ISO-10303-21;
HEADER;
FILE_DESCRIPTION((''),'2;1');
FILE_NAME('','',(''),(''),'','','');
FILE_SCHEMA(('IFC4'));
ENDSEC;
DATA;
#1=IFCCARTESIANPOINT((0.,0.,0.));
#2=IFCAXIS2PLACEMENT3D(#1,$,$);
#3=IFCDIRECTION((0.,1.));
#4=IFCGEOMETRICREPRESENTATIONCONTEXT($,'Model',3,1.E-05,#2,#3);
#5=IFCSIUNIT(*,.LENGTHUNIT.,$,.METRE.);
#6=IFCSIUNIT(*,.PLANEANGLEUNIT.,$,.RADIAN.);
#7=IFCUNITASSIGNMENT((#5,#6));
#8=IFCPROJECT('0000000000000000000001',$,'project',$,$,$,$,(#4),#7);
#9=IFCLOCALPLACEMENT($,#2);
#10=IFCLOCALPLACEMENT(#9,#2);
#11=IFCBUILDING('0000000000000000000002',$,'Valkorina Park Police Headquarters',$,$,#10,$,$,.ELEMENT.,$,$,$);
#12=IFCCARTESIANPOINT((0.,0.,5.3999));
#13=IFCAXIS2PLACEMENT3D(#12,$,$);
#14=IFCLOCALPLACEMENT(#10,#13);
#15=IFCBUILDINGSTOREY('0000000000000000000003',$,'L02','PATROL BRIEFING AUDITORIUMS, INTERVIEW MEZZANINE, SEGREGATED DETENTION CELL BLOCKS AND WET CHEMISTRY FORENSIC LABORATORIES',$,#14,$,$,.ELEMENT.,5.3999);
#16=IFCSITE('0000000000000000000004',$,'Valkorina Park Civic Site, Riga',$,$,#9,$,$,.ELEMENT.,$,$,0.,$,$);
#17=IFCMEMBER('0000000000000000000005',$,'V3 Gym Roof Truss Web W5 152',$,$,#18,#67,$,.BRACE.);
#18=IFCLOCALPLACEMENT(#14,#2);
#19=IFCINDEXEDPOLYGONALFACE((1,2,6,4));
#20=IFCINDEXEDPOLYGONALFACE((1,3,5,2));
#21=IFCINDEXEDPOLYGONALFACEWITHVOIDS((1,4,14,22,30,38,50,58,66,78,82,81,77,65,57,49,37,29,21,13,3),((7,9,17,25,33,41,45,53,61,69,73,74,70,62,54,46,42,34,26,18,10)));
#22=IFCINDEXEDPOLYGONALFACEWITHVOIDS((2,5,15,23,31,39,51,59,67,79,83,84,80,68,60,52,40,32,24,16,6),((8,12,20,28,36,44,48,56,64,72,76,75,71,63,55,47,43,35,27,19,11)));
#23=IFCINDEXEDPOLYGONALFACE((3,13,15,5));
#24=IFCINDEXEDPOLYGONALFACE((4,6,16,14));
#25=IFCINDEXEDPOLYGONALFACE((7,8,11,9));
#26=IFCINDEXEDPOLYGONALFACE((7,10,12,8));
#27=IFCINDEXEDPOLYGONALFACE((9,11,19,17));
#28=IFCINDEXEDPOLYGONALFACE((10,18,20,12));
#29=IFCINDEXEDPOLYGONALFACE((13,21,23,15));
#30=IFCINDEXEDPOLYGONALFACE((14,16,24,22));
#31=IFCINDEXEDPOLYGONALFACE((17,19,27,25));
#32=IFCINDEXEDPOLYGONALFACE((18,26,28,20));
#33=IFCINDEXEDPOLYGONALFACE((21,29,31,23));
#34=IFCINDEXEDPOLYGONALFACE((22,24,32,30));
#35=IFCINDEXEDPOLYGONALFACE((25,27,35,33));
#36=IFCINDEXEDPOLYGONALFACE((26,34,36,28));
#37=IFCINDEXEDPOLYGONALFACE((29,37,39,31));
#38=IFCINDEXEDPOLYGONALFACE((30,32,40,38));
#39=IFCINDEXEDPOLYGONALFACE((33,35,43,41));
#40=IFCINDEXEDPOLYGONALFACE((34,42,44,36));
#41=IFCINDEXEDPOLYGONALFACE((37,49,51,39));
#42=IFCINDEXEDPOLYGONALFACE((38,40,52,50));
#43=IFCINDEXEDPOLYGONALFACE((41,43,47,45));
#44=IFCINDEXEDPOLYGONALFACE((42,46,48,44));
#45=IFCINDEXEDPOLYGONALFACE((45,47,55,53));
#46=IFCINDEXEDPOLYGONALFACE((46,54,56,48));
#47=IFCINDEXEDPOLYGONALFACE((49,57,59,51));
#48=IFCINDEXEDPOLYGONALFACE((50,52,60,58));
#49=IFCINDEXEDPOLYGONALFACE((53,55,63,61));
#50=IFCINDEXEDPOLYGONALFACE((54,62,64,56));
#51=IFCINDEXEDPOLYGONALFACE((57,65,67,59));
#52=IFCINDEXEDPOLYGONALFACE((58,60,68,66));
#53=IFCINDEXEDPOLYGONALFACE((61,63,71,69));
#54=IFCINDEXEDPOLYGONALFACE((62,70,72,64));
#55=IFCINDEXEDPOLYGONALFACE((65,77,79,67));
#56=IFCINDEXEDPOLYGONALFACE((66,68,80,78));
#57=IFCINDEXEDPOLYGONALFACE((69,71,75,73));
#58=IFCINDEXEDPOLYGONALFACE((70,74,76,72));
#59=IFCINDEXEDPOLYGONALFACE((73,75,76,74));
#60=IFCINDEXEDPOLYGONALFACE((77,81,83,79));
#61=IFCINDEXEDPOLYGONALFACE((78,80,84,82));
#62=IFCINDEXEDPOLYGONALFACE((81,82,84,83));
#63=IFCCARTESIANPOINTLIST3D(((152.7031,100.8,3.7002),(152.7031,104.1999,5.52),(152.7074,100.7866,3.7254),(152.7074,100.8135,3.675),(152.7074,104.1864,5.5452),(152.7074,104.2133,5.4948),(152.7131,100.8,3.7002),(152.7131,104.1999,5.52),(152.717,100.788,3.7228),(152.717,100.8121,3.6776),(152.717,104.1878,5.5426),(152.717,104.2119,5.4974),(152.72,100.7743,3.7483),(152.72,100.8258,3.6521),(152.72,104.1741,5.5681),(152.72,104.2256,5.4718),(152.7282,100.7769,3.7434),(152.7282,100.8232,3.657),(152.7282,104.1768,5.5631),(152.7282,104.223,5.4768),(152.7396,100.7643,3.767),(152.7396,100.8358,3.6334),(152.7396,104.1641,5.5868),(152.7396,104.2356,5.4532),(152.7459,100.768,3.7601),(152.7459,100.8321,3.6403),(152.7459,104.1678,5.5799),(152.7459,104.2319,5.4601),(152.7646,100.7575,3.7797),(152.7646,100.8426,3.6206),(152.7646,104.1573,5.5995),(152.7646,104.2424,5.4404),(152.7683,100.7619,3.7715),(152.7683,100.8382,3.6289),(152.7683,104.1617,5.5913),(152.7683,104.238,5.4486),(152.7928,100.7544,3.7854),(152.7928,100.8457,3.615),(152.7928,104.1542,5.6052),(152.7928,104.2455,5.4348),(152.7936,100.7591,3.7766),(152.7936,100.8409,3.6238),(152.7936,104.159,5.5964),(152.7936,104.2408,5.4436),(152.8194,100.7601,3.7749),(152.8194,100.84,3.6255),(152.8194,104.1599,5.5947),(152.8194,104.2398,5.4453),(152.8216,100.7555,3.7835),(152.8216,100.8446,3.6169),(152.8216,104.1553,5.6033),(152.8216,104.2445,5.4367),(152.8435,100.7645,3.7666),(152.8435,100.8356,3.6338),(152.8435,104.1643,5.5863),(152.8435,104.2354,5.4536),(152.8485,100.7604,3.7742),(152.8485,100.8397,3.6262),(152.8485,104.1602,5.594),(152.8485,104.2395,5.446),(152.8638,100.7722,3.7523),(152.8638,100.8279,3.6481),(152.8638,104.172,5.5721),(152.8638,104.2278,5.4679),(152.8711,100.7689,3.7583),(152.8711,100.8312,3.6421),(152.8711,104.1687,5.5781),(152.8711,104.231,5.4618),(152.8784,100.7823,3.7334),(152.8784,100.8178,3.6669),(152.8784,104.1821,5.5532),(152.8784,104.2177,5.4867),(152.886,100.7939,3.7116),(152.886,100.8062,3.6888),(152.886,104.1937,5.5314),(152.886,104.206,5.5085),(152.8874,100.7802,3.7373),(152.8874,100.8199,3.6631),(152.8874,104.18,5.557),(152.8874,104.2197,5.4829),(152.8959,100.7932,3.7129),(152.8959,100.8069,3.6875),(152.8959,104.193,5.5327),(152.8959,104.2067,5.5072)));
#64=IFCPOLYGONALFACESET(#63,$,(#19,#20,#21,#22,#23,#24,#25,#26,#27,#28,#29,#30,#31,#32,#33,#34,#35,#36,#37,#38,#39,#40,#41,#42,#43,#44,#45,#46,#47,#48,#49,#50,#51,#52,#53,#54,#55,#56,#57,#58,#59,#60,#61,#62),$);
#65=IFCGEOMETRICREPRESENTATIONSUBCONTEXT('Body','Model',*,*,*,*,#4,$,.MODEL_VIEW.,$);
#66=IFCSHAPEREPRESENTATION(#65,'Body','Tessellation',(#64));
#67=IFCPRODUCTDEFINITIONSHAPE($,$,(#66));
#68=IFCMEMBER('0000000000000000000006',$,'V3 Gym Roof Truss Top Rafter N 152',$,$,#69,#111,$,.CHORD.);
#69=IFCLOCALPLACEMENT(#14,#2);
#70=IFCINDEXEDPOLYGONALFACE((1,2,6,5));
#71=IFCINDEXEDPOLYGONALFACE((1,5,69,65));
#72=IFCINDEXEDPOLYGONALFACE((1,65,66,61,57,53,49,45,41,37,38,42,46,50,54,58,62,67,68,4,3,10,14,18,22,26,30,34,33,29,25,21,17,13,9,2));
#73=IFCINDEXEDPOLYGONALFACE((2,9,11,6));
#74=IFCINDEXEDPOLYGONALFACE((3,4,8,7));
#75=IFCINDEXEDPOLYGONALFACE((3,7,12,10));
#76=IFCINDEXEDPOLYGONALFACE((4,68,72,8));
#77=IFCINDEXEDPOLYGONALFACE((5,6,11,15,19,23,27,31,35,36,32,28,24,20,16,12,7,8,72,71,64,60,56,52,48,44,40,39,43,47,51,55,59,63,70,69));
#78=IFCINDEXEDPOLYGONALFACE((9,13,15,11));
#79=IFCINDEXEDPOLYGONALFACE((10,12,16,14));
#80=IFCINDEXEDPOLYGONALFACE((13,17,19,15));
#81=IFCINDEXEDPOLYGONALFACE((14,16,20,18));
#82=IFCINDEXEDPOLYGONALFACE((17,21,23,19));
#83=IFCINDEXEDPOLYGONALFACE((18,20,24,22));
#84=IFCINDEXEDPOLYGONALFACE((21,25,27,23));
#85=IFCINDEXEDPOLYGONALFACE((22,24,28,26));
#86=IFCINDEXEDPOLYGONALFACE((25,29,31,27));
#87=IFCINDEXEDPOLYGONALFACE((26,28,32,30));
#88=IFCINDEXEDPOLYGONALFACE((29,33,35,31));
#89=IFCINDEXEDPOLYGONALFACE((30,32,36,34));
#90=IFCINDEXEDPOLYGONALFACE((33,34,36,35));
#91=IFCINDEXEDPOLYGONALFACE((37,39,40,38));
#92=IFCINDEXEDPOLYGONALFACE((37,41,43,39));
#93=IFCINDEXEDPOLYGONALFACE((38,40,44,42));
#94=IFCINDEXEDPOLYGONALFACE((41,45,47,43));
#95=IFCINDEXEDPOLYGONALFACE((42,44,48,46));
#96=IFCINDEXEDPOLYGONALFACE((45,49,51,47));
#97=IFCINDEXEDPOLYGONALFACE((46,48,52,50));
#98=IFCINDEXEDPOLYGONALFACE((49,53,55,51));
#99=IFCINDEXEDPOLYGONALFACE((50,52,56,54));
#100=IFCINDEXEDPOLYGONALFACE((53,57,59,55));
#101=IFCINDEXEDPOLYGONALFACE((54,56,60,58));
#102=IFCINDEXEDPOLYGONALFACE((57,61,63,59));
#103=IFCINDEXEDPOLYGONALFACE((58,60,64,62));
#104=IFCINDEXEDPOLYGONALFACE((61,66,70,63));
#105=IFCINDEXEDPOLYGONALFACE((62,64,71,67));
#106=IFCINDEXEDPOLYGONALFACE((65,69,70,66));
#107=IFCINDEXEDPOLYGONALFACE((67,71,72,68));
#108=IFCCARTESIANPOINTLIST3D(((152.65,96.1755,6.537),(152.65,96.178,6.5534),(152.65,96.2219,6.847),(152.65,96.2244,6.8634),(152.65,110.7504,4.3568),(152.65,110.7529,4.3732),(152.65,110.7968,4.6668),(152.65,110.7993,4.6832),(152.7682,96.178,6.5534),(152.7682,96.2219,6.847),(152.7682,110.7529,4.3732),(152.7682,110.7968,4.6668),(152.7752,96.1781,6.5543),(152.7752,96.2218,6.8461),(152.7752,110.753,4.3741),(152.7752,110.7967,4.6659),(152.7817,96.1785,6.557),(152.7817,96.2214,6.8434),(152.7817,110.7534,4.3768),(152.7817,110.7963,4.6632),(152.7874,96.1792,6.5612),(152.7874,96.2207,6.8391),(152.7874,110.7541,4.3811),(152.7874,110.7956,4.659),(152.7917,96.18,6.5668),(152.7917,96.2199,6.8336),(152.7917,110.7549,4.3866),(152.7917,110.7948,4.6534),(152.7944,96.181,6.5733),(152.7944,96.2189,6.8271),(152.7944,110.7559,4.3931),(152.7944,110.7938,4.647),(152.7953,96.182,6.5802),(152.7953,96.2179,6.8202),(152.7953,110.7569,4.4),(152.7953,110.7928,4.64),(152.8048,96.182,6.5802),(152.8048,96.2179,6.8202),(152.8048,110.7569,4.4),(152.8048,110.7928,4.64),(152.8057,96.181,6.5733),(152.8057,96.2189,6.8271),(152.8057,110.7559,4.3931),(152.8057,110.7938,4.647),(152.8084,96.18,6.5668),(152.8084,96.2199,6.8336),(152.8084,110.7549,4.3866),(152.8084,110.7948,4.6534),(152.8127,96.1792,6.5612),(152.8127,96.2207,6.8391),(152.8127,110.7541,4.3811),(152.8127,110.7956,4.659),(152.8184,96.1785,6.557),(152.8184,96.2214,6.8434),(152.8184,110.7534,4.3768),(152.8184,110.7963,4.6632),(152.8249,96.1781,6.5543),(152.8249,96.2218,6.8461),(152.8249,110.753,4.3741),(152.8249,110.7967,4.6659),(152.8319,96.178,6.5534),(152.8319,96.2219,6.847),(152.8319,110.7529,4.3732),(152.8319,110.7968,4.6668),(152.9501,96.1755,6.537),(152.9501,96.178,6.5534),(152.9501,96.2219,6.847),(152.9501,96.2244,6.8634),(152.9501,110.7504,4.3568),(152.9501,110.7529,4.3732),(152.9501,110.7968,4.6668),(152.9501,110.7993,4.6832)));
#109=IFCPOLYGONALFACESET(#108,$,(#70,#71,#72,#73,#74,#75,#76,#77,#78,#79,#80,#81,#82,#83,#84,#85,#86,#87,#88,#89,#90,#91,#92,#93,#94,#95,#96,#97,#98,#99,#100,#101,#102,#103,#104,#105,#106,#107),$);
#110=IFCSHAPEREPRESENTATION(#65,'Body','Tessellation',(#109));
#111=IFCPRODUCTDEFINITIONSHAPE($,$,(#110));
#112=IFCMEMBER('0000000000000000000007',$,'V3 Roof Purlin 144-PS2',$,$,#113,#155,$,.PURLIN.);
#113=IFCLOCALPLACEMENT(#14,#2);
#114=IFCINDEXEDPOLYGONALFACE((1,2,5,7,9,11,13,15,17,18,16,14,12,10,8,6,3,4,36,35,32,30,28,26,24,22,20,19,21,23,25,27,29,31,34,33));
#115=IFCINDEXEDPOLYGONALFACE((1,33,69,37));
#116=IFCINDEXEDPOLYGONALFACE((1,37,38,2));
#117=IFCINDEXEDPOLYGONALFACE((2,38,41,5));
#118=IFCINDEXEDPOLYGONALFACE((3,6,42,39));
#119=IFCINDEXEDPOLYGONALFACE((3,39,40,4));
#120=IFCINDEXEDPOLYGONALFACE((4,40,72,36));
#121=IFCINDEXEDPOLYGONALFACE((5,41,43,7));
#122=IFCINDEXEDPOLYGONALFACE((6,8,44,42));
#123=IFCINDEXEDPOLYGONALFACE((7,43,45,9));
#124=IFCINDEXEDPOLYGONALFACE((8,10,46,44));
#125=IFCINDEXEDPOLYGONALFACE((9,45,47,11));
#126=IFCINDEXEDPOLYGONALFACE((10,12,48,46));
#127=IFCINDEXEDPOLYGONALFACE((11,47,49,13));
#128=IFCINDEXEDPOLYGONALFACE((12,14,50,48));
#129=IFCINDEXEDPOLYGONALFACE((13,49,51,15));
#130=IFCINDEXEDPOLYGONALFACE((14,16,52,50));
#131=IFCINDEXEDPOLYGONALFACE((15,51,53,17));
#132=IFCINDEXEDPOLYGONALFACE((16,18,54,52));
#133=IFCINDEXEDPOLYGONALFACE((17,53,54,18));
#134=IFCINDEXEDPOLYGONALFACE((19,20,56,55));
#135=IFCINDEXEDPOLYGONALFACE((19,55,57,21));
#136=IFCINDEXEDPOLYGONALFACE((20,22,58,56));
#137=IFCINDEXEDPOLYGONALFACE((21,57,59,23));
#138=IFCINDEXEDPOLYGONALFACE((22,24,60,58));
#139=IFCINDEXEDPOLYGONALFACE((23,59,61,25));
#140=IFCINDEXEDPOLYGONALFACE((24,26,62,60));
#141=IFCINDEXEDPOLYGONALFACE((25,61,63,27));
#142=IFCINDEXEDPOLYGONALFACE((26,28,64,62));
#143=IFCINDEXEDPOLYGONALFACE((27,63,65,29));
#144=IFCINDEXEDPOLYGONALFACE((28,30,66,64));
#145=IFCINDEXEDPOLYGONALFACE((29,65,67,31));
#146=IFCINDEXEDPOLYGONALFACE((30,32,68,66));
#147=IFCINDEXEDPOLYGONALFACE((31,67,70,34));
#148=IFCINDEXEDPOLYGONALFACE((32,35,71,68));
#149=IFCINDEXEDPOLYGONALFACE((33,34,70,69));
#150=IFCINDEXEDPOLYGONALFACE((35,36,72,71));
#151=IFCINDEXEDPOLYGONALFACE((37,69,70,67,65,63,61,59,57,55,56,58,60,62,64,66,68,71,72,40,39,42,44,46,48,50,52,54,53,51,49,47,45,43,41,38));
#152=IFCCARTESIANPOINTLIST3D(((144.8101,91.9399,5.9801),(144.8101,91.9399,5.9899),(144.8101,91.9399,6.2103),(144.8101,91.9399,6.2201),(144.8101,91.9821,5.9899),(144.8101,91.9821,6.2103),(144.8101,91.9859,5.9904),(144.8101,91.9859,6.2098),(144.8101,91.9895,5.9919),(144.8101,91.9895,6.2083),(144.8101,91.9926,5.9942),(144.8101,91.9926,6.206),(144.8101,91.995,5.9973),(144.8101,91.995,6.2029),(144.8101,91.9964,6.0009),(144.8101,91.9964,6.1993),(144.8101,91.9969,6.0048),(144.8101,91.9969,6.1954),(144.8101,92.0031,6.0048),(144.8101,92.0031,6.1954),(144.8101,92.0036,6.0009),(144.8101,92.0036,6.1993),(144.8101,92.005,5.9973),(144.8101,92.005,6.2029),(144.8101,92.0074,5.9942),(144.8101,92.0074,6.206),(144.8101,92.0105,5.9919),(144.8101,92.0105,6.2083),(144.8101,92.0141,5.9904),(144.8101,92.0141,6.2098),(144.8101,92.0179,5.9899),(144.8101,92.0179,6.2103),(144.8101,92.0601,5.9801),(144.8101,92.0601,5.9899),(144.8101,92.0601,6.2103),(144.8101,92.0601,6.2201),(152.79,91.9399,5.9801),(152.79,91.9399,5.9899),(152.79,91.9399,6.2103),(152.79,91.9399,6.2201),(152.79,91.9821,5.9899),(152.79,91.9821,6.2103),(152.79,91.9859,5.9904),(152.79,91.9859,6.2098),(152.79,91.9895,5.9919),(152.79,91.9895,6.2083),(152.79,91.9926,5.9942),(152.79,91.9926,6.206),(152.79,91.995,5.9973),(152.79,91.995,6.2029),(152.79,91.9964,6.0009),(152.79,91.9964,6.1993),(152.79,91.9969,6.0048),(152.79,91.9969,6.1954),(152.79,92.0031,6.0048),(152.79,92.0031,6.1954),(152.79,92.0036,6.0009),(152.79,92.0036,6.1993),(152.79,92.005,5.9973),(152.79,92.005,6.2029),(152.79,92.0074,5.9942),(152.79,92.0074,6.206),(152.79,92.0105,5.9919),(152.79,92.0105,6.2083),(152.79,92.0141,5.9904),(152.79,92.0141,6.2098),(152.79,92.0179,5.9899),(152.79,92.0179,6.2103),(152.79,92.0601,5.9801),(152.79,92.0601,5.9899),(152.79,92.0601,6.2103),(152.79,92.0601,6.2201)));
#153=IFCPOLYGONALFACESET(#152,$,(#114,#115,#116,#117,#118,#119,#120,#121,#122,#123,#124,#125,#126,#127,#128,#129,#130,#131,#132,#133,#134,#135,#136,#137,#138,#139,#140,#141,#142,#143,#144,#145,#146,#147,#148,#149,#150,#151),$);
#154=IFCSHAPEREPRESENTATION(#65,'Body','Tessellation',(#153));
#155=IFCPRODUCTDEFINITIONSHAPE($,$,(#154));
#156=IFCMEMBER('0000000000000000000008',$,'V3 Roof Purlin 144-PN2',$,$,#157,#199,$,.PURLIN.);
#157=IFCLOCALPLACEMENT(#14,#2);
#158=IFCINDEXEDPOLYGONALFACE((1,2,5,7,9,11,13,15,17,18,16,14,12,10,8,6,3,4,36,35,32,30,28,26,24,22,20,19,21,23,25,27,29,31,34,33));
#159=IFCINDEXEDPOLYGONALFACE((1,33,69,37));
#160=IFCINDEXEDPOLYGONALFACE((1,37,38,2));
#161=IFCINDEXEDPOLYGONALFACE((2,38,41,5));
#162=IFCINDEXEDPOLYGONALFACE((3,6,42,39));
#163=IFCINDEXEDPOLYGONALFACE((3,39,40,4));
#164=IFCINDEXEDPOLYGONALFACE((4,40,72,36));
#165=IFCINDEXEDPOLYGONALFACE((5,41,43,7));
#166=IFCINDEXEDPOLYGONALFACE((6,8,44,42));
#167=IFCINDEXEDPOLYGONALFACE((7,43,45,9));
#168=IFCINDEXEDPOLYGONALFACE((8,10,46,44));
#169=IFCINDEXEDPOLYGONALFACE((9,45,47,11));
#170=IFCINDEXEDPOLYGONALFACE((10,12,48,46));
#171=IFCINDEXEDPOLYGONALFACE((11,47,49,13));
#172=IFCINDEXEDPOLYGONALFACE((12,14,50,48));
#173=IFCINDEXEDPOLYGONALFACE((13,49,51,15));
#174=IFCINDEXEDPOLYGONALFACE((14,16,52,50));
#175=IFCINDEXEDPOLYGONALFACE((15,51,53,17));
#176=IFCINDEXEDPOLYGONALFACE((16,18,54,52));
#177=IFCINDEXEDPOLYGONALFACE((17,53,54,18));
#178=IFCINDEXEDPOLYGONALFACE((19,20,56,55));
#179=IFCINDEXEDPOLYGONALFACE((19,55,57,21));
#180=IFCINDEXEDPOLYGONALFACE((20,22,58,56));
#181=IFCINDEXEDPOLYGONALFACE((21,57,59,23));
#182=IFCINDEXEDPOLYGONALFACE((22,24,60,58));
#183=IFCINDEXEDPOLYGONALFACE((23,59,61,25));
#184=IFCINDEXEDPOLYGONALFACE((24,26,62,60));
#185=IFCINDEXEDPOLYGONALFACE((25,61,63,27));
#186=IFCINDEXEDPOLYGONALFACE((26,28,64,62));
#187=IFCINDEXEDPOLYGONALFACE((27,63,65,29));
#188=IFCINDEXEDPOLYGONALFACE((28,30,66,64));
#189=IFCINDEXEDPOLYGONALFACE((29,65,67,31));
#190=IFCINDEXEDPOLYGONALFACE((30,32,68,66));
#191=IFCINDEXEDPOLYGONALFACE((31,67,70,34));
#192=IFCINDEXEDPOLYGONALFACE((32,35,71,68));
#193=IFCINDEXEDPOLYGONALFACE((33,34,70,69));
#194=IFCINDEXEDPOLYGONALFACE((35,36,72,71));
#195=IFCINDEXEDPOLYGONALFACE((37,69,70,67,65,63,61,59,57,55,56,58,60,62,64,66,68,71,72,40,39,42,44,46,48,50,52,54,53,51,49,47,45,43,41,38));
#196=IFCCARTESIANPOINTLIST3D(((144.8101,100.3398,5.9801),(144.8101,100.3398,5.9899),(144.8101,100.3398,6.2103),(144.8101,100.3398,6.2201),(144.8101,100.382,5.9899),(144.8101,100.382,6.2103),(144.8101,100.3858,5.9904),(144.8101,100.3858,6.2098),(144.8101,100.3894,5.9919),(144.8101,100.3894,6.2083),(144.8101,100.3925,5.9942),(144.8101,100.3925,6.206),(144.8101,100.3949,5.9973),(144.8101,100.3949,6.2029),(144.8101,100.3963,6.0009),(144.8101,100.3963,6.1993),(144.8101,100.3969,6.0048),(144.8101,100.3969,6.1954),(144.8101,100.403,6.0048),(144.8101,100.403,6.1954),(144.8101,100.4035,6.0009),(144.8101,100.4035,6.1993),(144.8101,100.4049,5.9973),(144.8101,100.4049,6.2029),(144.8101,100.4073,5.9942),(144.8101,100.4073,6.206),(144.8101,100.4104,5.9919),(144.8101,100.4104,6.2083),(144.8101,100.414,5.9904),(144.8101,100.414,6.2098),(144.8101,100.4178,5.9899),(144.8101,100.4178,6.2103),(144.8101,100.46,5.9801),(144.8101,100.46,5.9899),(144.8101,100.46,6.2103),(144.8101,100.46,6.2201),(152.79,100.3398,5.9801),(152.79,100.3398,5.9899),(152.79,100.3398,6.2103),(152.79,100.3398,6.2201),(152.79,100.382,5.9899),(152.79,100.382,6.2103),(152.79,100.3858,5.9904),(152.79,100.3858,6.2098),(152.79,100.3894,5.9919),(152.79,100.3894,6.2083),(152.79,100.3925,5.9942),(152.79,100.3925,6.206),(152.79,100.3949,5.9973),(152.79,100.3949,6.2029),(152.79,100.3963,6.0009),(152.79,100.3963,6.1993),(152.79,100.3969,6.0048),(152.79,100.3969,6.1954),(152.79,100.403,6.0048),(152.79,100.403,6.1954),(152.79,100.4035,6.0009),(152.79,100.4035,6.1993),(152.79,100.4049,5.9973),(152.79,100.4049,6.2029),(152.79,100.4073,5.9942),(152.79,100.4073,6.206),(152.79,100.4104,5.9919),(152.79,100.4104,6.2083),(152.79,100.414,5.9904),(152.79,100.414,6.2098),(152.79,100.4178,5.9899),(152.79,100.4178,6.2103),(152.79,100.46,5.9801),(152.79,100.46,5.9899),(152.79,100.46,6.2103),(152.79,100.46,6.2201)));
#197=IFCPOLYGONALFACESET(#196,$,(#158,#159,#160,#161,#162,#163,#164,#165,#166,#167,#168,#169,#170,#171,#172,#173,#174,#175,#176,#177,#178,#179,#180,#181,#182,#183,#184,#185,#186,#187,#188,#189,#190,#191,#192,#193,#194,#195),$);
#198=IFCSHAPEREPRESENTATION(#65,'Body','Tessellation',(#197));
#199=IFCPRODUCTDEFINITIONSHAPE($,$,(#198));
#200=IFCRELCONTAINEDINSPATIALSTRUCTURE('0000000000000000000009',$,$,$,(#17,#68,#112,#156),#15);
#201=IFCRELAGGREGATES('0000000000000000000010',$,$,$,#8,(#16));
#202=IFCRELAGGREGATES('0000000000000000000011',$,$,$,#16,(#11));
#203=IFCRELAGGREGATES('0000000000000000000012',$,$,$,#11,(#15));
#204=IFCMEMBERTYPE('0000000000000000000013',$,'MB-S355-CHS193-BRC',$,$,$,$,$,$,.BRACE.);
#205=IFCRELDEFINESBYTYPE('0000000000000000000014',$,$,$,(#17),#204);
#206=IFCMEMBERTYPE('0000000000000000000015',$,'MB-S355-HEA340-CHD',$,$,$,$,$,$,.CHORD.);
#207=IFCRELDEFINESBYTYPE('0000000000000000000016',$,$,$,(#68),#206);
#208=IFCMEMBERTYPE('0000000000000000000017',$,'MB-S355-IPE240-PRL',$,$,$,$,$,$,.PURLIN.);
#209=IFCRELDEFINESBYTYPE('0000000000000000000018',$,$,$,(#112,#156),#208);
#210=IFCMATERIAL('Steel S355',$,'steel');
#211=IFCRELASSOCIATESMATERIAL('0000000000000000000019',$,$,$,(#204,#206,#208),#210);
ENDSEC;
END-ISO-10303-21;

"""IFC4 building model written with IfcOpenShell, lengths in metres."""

from ifc_helpers import new_model, si_unit, direction, frame, origin, origin_2d, place, context, subcontext, project, spatial, hollow_circle, i_section, extrude, material, material_profile, profile_set, type_object, element, save


model = new_model("IFC4")

# Units and contexts
model_context = context("Model", 3, precision=1e-05, world=origin(), true_north=direction((0.0, 1.0)))
body_context = subcontext(model_context, "Body", "Model", "MODEL_VIEW")
ifc_project = project(units=[si_unit("LENGTHUNIT", "METRE"), si_unit("PLANEANGLEUNIT", "RADIAN")], contexts=[model_context])

# Site, building, storey
site_placement = place(None, origin())
site = spatial("IfcSite", under=ifc_project, at=site_placement, Name="Valkorina Park Civic Site, Riga", CompositionType="ELEMENT", RefElevation=0.0)
building_placement = place(site_placement, origin())
building = spatial("IfcBuilding", under=site, at=building_placement, Name="Valkorina Park Police Headquarters", CompositionType="ELEMENT")
storey_placement = place(building_placement, frame((0.0, 0.0, 5.3999)))
storey = spatial("IfcBuildingStorey", under=building, at=storey_placement, Name="L02", Description="PATROL BRIEFING AUDITORIUMS, INTERVIEW MEZZANINE, SEGREGATED DETENTION CELL BLOCKS AND WET CHEMISTRY FORENSIC LABORATORIES", CompositionType="ELEMENT", Elevation=5.3999)

# Members
ifc_material_1 = material(Name="Steel S355", Category="steel")
ifc_material_profile_1 = material_profile(ifc_material_1, hollow_circle(Radius=0.0969, WallThickness=0.01, at=origin_2d()), Name="CHS 193.7x10")
ifc_profile_set_1 = profile_set([ifc_material_profile_1], Name="Steel S355")
member_type_1 = type_object("IfcMemberType", Name="MB-S355-CHS193-BRC", PredefinedType="BRACE", material=ifc_profile_set_1)
member_1_placement = place(storey_placement, frame((152.8, 100.8, 3.7002), z_axis=(0.0, 0.881647, 0.471909), x_axis=(-1.0, 0.0, 0.0)))
element("IfcMember", 1, at=member_1_placement, inside=storey, type_object=member_type_1, Name="V3 Gym Roof Truss Web W5 152", PredefinedType="BRACE", context=body_context, shape_type="SweptSolid", body=[
    extrude(hollow_circle(Radius=0.0969, WallThickness=0.01, at=origin_2d()), origin(), (0.0, 0.0, 1.0), 3.8562),
])
ifc_material_profile_2 = material_profile(ifc_material_1, i_section(OverallWidth=0.3, OverallDepth=0.3301, WebThickness=0.0095, FlangeThickness=0.0166, FilletRadius=0.0271, at=origin_2d()), Name="HEA 340")
ifc_profile_set_2 = profile_set([ifc_material_profile_2], Name="Steel S355")
member_type_2 = type_object("IfcMemberType", Name="MB-S355-HEA340-CHD", PredefinedType="CHORD", material=ifc_profile_set_2)
member_2_placement = place(storey_placement, frame((152.8, 96.2, 6.7002), z_axis=(0.0, 0.988997, -0.147938), x_axis=(-1.0, 0.0, 0.0)))
element("IfcMember", 2, at=member_2_placement, inside=storey, type_object=member_type_2, Name="V3 Gym Roof Truss Top Rafter N 152", PredefinedType="CHORD", context=body_context, shape_type="SweptSolid", body=[
    extrude(i_section(OverallWidth=0.3, OverallDepth=0.3301, WebThickness=0.0095, FlangeThickness=0.0166, FilletRadius=0.0271, at=origin_2d()), origin(), (0.0, 0.0, 1.0), 14.7371),
])
ifc_material_profile_3 = material_profile(ifc_material_1, i_section(OverallWidth=0.1201, OverallDepth=0.24, WebThickness=0.0061, FlangeThickness=0.0098, FilletRadius=0.0149, at=origin_2d()), Name="IPE 240")
ifc_profile_set_3 = profile_set([ifc_material_profile_3], Name="Steel S355")
member_type_3 = type_object("IfcMemberType", Name="MB-S355-IPE240-PRL", PredefinedType="PURLIN", material=ifc_profile_set_3)
for number, where, z_axis, x_axis, name in (
    (3, (144.8101, 92.0, 6.1001), (1.0, 0.0, 0.0), (0.0, 1.0, 0.0), "V3 Roof Purlin 144-PS2"),
    (4, (144.8101, 100.3999, 6.1001), (1.0, 0.0, 0.0), (0.0, 1.0, 0.0), "V3 Roof Purlin 144-PN2"),
):
    element("IfcMember", number, at=place(storey_placement, frame(where, z_axis=z_axis, x_axis=x_axis)), inside=storey, type_object=member_type_3, Name=name, PredefinedType="PURLIN", context=body_context, shape_type="SweptSolid", body=[
        extrude(i_section(OverallWidth=0.1201, OverallDepth=0.24, WebThickness=0.0061, FlangeThickness=0.0098, FilletRadius=0.0149, at=origin_2d()), origin(), (0.0, 0.0, 1.0), 7.98),
    ])

save(model, "model.ifc")
